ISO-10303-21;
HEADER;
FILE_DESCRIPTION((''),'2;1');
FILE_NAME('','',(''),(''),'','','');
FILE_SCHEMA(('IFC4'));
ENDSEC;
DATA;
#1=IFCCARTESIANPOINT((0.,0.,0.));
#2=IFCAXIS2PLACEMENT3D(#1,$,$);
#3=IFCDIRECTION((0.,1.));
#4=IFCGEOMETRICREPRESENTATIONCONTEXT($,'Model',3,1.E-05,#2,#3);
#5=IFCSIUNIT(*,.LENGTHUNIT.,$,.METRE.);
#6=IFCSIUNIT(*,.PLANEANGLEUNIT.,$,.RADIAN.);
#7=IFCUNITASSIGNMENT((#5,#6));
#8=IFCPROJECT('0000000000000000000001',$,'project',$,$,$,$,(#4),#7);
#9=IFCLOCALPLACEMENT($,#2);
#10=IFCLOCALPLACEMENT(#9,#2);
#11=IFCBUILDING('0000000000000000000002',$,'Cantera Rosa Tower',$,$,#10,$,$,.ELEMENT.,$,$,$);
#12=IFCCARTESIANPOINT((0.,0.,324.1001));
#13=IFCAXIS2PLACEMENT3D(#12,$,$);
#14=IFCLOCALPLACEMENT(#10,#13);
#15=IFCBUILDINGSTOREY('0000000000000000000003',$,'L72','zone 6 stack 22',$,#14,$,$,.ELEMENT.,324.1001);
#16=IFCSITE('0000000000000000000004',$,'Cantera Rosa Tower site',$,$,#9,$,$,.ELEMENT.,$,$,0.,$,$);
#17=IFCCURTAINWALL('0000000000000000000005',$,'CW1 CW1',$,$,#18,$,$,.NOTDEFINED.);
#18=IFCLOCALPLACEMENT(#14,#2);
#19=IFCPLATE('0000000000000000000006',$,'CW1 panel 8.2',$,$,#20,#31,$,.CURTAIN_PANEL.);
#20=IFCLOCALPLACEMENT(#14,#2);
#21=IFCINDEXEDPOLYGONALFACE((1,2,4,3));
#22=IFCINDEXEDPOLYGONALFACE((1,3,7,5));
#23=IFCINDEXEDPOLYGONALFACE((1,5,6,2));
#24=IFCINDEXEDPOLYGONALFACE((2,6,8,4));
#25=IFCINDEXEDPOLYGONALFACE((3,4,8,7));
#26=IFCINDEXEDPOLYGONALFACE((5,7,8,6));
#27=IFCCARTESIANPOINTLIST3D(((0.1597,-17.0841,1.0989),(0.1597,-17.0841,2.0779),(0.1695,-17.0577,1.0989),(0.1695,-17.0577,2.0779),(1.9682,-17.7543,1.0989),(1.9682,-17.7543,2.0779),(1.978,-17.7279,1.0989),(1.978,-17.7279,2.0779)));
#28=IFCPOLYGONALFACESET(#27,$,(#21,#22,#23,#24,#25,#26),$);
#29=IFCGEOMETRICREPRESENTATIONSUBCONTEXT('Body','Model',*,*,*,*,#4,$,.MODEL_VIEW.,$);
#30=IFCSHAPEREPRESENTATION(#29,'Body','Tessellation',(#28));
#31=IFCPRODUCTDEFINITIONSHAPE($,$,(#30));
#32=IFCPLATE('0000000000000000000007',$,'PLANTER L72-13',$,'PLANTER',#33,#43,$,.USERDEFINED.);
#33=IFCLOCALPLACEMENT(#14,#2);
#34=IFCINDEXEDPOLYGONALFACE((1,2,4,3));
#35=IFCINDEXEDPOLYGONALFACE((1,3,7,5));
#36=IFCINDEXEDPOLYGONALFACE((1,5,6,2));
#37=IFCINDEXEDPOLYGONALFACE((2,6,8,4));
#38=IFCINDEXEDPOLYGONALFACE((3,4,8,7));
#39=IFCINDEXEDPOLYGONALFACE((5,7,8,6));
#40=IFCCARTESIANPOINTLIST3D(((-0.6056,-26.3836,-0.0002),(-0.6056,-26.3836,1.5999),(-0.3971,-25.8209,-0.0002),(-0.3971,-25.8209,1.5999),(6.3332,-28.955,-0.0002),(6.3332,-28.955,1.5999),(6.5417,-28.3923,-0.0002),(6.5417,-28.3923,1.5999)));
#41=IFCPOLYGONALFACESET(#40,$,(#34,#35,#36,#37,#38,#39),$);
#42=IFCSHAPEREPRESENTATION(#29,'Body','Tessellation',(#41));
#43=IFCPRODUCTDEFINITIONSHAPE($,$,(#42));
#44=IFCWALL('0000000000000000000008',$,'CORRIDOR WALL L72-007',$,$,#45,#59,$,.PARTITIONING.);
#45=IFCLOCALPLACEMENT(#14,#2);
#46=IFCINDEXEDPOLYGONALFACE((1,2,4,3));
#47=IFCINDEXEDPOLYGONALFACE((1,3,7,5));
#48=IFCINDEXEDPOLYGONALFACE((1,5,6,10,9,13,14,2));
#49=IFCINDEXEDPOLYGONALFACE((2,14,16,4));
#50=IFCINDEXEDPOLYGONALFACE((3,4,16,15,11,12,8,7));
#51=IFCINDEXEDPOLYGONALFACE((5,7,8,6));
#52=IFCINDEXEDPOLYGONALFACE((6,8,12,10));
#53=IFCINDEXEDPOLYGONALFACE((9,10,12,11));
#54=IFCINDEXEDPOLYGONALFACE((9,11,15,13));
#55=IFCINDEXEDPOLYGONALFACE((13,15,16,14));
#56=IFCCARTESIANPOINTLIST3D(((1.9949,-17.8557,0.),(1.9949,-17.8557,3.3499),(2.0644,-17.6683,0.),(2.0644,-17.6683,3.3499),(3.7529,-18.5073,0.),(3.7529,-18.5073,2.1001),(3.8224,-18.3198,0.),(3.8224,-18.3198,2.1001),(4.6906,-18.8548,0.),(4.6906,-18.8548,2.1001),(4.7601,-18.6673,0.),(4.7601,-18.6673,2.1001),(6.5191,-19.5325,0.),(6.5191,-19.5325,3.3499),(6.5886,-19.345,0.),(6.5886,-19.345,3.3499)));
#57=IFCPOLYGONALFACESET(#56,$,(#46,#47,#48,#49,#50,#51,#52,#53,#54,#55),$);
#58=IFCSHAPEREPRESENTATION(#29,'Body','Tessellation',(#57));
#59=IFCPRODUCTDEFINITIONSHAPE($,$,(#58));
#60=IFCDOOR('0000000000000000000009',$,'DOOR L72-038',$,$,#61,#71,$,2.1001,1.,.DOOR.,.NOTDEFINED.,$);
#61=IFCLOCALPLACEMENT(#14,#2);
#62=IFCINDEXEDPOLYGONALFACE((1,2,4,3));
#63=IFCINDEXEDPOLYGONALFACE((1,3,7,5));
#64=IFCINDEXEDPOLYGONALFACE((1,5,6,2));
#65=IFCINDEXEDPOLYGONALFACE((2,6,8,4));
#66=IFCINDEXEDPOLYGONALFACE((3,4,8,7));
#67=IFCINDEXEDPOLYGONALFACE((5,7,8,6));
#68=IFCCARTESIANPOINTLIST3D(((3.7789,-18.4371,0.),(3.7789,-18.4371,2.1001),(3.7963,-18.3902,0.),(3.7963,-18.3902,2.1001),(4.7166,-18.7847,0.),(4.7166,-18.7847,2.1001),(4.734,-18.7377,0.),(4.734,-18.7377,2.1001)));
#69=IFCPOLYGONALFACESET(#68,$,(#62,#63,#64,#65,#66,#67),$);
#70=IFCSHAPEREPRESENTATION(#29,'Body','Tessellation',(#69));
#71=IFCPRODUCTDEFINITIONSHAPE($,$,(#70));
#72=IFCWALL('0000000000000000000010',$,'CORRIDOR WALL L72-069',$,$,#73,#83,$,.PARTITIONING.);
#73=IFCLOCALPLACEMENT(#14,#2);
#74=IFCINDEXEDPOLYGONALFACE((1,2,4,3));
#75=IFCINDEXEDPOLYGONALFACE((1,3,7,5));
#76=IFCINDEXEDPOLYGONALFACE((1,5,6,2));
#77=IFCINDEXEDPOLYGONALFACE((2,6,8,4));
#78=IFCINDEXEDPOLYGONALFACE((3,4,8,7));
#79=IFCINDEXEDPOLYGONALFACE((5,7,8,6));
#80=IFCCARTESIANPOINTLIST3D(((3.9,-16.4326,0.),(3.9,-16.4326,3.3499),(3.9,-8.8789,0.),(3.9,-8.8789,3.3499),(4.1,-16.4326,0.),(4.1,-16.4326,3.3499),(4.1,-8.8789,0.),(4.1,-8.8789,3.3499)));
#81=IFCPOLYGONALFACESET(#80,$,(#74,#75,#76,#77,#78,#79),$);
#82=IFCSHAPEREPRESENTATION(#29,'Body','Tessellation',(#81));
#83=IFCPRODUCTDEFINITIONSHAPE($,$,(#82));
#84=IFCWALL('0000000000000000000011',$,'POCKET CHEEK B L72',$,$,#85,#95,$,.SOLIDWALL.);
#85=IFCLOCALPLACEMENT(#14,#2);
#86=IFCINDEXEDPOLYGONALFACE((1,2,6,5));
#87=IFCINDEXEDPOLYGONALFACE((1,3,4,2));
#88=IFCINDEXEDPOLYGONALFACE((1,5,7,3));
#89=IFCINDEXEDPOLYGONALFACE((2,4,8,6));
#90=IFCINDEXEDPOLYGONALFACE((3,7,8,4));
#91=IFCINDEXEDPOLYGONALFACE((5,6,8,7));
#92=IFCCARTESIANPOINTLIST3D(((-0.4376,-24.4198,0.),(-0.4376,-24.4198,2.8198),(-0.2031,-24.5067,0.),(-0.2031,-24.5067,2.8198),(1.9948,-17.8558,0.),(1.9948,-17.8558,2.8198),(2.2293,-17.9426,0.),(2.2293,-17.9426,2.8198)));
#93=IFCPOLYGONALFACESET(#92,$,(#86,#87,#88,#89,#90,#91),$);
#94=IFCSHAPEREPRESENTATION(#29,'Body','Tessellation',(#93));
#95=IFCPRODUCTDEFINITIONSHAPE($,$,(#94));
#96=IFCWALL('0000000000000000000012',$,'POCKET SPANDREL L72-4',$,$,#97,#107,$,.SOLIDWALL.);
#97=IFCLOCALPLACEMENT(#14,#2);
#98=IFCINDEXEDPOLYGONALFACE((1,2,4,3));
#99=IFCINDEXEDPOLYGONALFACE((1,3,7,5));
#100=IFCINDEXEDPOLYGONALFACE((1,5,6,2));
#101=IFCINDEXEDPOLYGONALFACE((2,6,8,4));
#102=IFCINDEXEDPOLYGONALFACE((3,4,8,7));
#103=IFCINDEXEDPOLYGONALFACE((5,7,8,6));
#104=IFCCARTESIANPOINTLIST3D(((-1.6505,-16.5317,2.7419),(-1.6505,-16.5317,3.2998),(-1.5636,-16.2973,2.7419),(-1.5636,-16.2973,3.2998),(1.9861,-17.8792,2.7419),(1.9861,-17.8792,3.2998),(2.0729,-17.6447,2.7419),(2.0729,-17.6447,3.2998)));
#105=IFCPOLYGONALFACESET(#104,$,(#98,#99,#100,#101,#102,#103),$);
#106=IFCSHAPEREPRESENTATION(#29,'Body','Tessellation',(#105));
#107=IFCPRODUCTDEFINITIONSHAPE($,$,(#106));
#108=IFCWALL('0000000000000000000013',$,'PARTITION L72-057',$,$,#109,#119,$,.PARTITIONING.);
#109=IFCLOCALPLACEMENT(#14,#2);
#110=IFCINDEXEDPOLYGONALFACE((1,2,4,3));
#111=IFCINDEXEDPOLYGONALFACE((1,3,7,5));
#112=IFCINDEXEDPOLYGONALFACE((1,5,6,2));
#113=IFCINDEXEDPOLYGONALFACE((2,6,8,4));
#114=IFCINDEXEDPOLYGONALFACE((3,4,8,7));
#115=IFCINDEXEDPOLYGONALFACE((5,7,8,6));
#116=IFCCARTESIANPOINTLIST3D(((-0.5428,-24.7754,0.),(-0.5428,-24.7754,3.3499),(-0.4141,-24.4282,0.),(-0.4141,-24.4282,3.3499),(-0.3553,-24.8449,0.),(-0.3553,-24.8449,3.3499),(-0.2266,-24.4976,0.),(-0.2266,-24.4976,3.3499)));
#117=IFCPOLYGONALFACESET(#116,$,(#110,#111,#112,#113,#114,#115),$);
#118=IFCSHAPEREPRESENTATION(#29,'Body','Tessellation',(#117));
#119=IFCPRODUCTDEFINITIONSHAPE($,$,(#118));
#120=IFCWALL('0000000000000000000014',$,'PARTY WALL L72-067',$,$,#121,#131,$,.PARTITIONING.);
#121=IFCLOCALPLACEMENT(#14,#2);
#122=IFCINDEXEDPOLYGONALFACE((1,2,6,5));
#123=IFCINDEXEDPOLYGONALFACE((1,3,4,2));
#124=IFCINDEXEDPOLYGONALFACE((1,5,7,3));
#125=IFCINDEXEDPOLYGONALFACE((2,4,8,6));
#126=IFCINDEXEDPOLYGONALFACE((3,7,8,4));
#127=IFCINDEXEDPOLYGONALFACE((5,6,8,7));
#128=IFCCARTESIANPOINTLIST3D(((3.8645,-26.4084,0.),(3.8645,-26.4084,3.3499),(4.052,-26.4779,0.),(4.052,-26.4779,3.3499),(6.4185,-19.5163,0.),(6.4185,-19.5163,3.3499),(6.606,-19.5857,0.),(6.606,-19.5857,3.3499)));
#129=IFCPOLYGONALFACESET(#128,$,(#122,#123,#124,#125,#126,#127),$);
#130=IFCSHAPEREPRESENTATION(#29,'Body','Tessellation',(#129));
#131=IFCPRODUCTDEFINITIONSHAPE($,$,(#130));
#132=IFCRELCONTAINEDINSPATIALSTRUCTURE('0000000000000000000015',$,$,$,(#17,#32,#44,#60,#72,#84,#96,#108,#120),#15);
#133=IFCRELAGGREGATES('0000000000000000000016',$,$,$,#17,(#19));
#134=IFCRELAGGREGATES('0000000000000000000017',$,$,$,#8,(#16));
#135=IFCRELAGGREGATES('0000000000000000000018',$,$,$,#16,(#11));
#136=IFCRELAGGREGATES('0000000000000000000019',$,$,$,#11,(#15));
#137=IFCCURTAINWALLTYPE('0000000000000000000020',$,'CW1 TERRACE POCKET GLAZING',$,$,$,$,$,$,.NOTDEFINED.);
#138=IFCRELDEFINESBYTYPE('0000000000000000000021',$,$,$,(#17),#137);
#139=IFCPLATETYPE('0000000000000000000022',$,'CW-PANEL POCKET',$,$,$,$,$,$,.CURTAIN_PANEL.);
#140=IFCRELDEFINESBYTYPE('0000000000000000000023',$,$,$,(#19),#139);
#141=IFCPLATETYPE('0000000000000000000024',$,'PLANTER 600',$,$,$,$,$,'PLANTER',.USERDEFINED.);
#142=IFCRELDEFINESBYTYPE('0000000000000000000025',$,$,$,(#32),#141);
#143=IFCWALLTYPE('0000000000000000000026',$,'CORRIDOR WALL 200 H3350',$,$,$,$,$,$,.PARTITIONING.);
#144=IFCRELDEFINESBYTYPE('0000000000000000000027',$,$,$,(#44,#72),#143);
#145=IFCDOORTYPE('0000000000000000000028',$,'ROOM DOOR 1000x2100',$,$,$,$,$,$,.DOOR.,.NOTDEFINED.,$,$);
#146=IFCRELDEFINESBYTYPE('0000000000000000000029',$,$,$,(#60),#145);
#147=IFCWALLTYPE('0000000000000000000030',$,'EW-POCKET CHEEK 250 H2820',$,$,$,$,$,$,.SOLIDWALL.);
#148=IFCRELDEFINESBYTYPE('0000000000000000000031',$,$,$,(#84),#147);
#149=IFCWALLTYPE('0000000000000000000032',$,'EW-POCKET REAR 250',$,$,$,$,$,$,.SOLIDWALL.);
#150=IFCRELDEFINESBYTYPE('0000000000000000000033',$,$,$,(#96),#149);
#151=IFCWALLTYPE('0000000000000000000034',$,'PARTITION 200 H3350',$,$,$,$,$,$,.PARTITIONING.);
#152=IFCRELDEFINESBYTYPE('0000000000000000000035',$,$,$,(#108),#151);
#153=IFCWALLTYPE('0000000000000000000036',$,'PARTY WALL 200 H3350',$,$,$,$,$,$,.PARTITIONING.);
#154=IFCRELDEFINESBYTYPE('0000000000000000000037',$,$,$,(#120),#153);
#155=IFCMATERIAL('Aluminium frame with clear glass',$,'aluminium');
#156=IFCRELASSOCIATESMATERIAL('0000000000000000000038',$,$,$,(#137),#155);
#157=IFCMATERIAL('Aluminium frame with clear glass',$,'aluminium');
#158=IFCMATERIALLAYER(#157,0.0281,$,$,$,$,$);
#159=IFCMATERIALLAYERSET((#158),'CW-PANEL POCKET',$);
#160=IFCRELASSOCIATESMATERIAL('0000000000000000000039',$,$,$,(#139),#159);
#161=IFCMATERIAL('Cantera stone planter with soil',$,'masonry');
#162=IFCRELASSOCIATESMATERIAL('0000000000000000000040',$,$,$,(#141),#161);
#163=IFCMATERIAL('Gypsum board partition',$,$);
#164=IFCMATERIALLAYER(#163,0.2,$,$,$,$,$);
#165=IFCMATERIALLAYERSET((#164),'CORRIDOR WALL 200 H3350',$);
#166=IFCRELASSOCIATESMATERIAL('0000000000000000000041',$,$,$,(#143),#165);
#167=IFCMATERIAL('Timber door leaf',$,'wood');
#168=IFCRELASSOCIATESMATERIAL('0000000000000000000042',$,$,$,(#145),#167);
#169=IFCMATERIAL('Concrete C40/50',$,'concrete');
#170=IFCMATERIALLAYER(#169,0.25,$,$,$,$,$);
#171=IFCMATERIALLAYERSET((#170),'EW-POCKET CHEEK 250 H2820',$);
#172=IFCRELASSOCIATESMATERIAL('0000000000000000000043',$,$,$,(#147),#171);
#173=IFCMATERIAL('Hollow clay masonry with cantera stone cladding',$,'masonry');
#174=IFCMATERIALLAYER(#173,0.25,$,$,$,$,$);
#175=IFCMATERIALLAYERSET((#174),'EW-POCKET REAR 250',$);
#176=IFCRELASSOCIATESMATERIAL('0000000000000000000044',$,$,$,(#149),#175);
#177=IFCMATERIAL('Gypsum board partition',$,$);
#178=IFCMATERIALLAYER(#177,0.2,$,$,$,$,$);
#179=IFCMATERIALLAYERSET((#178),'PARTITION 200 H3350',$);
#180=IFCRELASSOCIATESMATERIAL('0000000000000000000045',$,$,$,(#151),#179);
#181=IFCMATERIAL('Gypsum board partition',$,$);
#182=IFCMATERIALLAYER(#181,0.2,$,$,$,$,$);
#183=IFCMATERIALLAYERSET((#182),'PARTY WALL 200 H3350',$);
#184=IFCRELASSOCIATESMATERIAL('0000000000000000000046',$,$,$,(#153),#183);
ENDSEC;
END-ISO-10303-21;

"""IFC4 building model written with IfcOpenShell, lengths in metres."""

from ifc_helpers import new_model, si_unit, direction, frame, frame_2d, origin, origin_2d, place, context, subcontext, project, spatial, rectangle, extrude, material, layer, layer_set, type_object, element, fill, aggregate, save


model = new_model("IFC4")

# Units and contexts
model_context = context("Model", 3, precision=1e-05, world=origin(), true_north=direction((0.0, 1.0)))
body_context = subcontext(model_context, "Body", "Model", "MODEL_VIEW")
ifc_project = project(units=[si_unit("LENGTHUNIT", "METRE"), si_unit("PLANEANGLEUNIT", "RADIAN")], contexts=[model_context])

# Site, building, storey
site_placement = place(None, origin())
site = spatial("IfcSite", under=ifc_project, at=site_placement, Name="Cantera Rosa Tower site", CompositionType="ELEMENT", RefElevation=0.0)
building_placement = place(site_placement, origin())
building = spatial("IfcBuilding", under=site, at=building_placement, Name="Cantera Rosa Tower", CompositionType="ELEMENT")
storey_placement = place(building_placement, frame((0.0, 0.0, 324.1001)))
storey = spatial("IfcBuildingStorey", under=building, at=storey_placement, Name="L72", Description="zone 6 stack 22", CompositionType="ELEMENT", Elevation=324.1001)

# Curtain wall
ifc_material_1 = material(Name="Aluminium frame with clear glass", Category="aluminium")
curtain_wall_type = type_object("IfcCurtainWallType", Name="CW1 TERRACE POCKET GLAZING", PredefinedType="NOTDEFINED", material=ifc_material_1)
curtain_wall_placement = place(storey_placement, origin())
curtain_wall = element("IfcCurtainWall", 1, at=curtain_wall_placement, inside=storey, type_object=curtain_wall_type, Name="CW1 CW1", PredefinedType="NOTDEFINED")

# Plates
ifc_material_2 = material(Name="Aluminium frame with clear glass", Category="aluminium")
ifc_layer_1 = layer(ifc_material_2, 0.0281)
ifc_layer_set_1 = layer_set([ifc_layer_1], Name="CW-PANEL POCKET")
plate_type_1 = type_object("IfcPlateType", Name="CW-PANEL POCKET", PredefinedType="CURTAIN_PANEL", material=ifc_layer_set_1)
plate_1_placement = place(storey_placement, frame((1.0688, -17.406, 1.0989), z_axis=(0.0, 0.0, 1.0), x_axis=(0.937687, -0.347481, 0.0)))
plate_1 = element("IfcPlate", 2, at=plate_1_placement, type_object=plate_type_1, Name="CW1 panel 8.2", PredefinedType="CURTAIN_PANEL", context=body_context, shape_type="SweptSolid", body=[
    extrude(rectangle(XDim=1.9287, YDim=0.0281, at=origin_2d()), origin(), (0.0, 0.0, 1.0), 0.979),
])
aggregate(curtain_wall, [plate_1])
ifc_material_3 = material(Name="Cantera stone planter with soil", Category="masonry")
plate_type_2 = type_object("IfcPlateType", Name="PLANTER 600", ElementType="PLANTER", PredefinedType="USERDEFINED", material=ifc_material_3)
plate_2_placement = place(storey_placement, frame((2.968, -27.3879, -0.0002), z_axis=(0.0, 0.0, 1.0), x_axis=(0.937687, -0.347481, 0.0)))
element("IfcPlate", 3, at=plate_2_placement, inside=storey, type_object=plate_type_2, Name="PLANTER L72-13", ObjectType="PLANTER", PredefinedType="USERDEFINED", context=body_context, shape_type="SweptSolid", body=[
    extrude(rectangle(XDim=7.3999, YDim=0.6001, at=origin_2d()), origin(), (0.0, 0.0, 1.0), 1.6001),
])

# Wall, opening, door
ifc_material_4 = material(Name="Gypsum board partition")
ifc_layer_2 = layer(ifc_material_4, 0.2)
ifc_layer_set_2 = layer_set([ifc_layer_2], Name="CORRIDOR WALL 200 H3350")
wall_type_1 = type_object("IfcWallType", Name="CORRIDOR WALL 200 H3350", PredefinedType="PARTITIONING", material=ifc_layer_set_2)
wall_1_placement = place(storey_placement, frame((2.0295, -17.762, 0.0), z_axis=(0.0, 0.0, 1.0), x_axis=(0.937672, -0.347522, 0.0)))
wall_1 = element("IfcWall", 4, at=wall_1_placement, inside=storey, type_object=wall_type_1, Name="CORRIDOR WALL L72-007", PredefinedType="PARTITIONING", context=body_context, shape_type="SweptSolid", body=[
    extrude(rectangle(XDim=4.825, YDim=0.2, at=frame_2d((2.4126, 0.0))), origin(), (0.0, 0.0, 1.0), 3.3499),
])
opening_1_placement = place(wall_1_placement, frame((1.875, 0.0, 0.0)))
opening_1 = element("IfcOpeningElement", 5, at=opening_1_placement, cuts=wall_1, PredefinedType="OPENING", context=body_context, shape_type="SweptSolid", body=[
    extrude(rectangle(XDim=1.0, YDim=2.1001, at=frame_2d((0.5, 1.05))), frame((0.0, 0.1099, 0.0), z_axis=(0.0, -1.0, 0.0), x_axis=(1.0, 0.0, 0.0)), (0.0, 0.0, 1.0), 0.22),
])
ifc_material_5 = material(Name="Timber door leaf", Category="wood")
door_type_1 = type_object("IfcDoorType", Name="ROOM DOOR 1000x2100", OperationType="NOTDEFINED", PredefinedType="DOOR", material=ifc_material_5)
door_1_placement = place(opening_1_placement, origin())
door_1 = element("IfcDoor", 6, at=door_1_placement, inside=storey, type_object=door_type_1, Name="DOOR L72-038", OperationType="NOTDEFINED", OverallHeight=2.1001, OverallWidth=1.0, PredefinedType="DOOR", context=body_context, shape_type="SweptSolid", body=[
    extrude(rectangle(XDim=1.0, YDim=2.1001, at=frame_2d((0.5, 1.05))), frame((0.0, 0.0249, 0.0), z_axis=(0.0, -1.0, 0.0), x_axis=(1.0, 0.0, 0.0)), (0.0, 0.0, 1.0), 0.05),
])
fill(opening_1, door_1)

# Wall
wall_2_placement = place(storey_placement, frame((4.0, -16.4326, 0.0), z_axis=(0.0, 0.0, 1.0), x_axis=(0.0, 1.0, 0.0)))
element("IfcWall", 7, at=wall_2_placement, inside=storey, type_object=wall_type_1, Name="CORRIDOR WALL L72-069", PredefinedType="PARTITIONING", context=body_context, shape_type="SweptSolid", body=[
    extrude(rectangle(XDim=7.5537, YDim=0.2, at=frame_2d((3.7769, 0.0))), origin(), (0.0, 0.0, 1.0), 3.3499),
])

# Walls
ifc_material_6 = material(Name="Concrete C40/50", Category="concrete")
ifc_layer_3 = layer(ifc_material_6, 0.25)
ifc_layer_set_3 = layer_set([ifc_layer_3], Name="EW-POCKET CHEEK 250 H2820")
wall_type_2 = type_object("IfcWallType", Name="EW-POCKET CHEEK 250 H2820", PredefinedType="SOLIDWALL", material=ifc_layer_set_3)
wall_3_placement = place(storey_placement, frame((-0.3203, -24.4631, 0.0), z_axis=(0.0, 0.0, 1.0), x_axis=(0.347475, 0.937689, 0.0)))
element("IfcWall", 8, at=wall_3_placement, inside=storey, type_object=wall_type_2, Name="POCKET CHEEK B L72", PredefinedType="SOLIDWALL", context=body_context, shape_type="SweptSolid", body=[
    extrude(rectangle(XDim=7.0002, YDim=0.25, at=frame_2d((3.5, 0.0))), origin(), (0.0, 0.0, 1.0), 2.8198),
])
ifc_material_7 = material(Name="Hollow clay masonry with cantera stone cladding", Category="masonry")
ifc_layer_4 = layer(ifc_material_7, 0.25)
ifc_layer_set_4 = layer_set([ifc_layer_4], Name="EW-POCKET REAR 250")
wall_type_3 = type_object("IfcWallType", Name="EW-POCKET REAR 250", PredefinedType="SOLIDWALL", material=ifc_layer_set_4)
wall_4_placement = place(storey_placement, frame((-1.6069, -16.4146, 2.7419), z_axis=(0.0, 0.0, 1.0), x_axis=(0.937701, -0.347444, 0.0)))
element("IfcWall", 9, at=wall_4_placement, inside=storey, type_object=wall_type_3, Name="POCKET SPANDREL L72-4", PredefinedType="SOLIDWALL", context=body_context, shape_type="SweptSolid", body=[
    extrude(rectangle(XDim=3.8782, YDim=0.25, at=frame_2d((1.939, 0.0))), origin(), (0.0, 0.0, 1.0), 0.5579),
])
ifc_material_8 = material(Name="Gypsum board partition")
ifc_layer_5 = layer(ifc_material_8, 0.2)
ifc_layer_set_5 = layer_set([ifc_layer_5], Name="PARTITION 200 H3350")
wall_type_4 = type_object("IfcWallType", Name="PARTITION 200 H3350", PredefinedType="PARTITIONING", material=ifc_layer_set_5)
wall_5_placement = place(storey_placement, frame((-0.449, -24.8101, 0.0), z_axis=(0.0, 0.0, 1.0), x_axis=(0.347508, 0.937677, 0.0)))
element("IfcWall", 10, at=wall_5_placement, inside=storey, type_object=wall_type_4, Name="PARTITION L72-057", PredefinedType="PARTITIONING", context=body_context, shape_type="SweptSolid", body=[
    extrude(rectangle(XDim=0.3704, YDim=0.2, at=frame_2d((0.1851, 0.0))), origin(), (0.0, 0.0, 1.0), 3.3499),
])
ifc_material_9 = material(Name="Gypsum board partition")
ifc_layer_6 = layer(ifc_material_9, 0.2)
ifc_layer_set_6 = layer_set([ifc_layer_6], Name="PARTY WALL 200 H3350")
wall_type_5 = type_object("IfcWallType", Name="PARTY WALL 200 H3350", PredefinedType="PARTITIONING", material=ifc_layer_set_6)
wall_6_placement = place(storey_placement, frame((3.9583, -26.4431, 0.0), z_axis=(0.0, 0.0, 1.0), x_axis=(0.347473, 0.93769, 0.0)))
element("IfcWall", 11, at=wall_6_placement, inside=storey, type_object=wall_type_5, Name="PARTY WALL L72-067", PredefinedType="PARTITIONING", context=body_context, shape_type="SweptSolid", body=[
    extrude(rectangle(XDim=7.3501, YDim=0.2, at=frame_2d((3.675, 0.0))), origin(), (0.0, 0.0, 1.0), 3.3499),
])

save(model, "model.ifc")
